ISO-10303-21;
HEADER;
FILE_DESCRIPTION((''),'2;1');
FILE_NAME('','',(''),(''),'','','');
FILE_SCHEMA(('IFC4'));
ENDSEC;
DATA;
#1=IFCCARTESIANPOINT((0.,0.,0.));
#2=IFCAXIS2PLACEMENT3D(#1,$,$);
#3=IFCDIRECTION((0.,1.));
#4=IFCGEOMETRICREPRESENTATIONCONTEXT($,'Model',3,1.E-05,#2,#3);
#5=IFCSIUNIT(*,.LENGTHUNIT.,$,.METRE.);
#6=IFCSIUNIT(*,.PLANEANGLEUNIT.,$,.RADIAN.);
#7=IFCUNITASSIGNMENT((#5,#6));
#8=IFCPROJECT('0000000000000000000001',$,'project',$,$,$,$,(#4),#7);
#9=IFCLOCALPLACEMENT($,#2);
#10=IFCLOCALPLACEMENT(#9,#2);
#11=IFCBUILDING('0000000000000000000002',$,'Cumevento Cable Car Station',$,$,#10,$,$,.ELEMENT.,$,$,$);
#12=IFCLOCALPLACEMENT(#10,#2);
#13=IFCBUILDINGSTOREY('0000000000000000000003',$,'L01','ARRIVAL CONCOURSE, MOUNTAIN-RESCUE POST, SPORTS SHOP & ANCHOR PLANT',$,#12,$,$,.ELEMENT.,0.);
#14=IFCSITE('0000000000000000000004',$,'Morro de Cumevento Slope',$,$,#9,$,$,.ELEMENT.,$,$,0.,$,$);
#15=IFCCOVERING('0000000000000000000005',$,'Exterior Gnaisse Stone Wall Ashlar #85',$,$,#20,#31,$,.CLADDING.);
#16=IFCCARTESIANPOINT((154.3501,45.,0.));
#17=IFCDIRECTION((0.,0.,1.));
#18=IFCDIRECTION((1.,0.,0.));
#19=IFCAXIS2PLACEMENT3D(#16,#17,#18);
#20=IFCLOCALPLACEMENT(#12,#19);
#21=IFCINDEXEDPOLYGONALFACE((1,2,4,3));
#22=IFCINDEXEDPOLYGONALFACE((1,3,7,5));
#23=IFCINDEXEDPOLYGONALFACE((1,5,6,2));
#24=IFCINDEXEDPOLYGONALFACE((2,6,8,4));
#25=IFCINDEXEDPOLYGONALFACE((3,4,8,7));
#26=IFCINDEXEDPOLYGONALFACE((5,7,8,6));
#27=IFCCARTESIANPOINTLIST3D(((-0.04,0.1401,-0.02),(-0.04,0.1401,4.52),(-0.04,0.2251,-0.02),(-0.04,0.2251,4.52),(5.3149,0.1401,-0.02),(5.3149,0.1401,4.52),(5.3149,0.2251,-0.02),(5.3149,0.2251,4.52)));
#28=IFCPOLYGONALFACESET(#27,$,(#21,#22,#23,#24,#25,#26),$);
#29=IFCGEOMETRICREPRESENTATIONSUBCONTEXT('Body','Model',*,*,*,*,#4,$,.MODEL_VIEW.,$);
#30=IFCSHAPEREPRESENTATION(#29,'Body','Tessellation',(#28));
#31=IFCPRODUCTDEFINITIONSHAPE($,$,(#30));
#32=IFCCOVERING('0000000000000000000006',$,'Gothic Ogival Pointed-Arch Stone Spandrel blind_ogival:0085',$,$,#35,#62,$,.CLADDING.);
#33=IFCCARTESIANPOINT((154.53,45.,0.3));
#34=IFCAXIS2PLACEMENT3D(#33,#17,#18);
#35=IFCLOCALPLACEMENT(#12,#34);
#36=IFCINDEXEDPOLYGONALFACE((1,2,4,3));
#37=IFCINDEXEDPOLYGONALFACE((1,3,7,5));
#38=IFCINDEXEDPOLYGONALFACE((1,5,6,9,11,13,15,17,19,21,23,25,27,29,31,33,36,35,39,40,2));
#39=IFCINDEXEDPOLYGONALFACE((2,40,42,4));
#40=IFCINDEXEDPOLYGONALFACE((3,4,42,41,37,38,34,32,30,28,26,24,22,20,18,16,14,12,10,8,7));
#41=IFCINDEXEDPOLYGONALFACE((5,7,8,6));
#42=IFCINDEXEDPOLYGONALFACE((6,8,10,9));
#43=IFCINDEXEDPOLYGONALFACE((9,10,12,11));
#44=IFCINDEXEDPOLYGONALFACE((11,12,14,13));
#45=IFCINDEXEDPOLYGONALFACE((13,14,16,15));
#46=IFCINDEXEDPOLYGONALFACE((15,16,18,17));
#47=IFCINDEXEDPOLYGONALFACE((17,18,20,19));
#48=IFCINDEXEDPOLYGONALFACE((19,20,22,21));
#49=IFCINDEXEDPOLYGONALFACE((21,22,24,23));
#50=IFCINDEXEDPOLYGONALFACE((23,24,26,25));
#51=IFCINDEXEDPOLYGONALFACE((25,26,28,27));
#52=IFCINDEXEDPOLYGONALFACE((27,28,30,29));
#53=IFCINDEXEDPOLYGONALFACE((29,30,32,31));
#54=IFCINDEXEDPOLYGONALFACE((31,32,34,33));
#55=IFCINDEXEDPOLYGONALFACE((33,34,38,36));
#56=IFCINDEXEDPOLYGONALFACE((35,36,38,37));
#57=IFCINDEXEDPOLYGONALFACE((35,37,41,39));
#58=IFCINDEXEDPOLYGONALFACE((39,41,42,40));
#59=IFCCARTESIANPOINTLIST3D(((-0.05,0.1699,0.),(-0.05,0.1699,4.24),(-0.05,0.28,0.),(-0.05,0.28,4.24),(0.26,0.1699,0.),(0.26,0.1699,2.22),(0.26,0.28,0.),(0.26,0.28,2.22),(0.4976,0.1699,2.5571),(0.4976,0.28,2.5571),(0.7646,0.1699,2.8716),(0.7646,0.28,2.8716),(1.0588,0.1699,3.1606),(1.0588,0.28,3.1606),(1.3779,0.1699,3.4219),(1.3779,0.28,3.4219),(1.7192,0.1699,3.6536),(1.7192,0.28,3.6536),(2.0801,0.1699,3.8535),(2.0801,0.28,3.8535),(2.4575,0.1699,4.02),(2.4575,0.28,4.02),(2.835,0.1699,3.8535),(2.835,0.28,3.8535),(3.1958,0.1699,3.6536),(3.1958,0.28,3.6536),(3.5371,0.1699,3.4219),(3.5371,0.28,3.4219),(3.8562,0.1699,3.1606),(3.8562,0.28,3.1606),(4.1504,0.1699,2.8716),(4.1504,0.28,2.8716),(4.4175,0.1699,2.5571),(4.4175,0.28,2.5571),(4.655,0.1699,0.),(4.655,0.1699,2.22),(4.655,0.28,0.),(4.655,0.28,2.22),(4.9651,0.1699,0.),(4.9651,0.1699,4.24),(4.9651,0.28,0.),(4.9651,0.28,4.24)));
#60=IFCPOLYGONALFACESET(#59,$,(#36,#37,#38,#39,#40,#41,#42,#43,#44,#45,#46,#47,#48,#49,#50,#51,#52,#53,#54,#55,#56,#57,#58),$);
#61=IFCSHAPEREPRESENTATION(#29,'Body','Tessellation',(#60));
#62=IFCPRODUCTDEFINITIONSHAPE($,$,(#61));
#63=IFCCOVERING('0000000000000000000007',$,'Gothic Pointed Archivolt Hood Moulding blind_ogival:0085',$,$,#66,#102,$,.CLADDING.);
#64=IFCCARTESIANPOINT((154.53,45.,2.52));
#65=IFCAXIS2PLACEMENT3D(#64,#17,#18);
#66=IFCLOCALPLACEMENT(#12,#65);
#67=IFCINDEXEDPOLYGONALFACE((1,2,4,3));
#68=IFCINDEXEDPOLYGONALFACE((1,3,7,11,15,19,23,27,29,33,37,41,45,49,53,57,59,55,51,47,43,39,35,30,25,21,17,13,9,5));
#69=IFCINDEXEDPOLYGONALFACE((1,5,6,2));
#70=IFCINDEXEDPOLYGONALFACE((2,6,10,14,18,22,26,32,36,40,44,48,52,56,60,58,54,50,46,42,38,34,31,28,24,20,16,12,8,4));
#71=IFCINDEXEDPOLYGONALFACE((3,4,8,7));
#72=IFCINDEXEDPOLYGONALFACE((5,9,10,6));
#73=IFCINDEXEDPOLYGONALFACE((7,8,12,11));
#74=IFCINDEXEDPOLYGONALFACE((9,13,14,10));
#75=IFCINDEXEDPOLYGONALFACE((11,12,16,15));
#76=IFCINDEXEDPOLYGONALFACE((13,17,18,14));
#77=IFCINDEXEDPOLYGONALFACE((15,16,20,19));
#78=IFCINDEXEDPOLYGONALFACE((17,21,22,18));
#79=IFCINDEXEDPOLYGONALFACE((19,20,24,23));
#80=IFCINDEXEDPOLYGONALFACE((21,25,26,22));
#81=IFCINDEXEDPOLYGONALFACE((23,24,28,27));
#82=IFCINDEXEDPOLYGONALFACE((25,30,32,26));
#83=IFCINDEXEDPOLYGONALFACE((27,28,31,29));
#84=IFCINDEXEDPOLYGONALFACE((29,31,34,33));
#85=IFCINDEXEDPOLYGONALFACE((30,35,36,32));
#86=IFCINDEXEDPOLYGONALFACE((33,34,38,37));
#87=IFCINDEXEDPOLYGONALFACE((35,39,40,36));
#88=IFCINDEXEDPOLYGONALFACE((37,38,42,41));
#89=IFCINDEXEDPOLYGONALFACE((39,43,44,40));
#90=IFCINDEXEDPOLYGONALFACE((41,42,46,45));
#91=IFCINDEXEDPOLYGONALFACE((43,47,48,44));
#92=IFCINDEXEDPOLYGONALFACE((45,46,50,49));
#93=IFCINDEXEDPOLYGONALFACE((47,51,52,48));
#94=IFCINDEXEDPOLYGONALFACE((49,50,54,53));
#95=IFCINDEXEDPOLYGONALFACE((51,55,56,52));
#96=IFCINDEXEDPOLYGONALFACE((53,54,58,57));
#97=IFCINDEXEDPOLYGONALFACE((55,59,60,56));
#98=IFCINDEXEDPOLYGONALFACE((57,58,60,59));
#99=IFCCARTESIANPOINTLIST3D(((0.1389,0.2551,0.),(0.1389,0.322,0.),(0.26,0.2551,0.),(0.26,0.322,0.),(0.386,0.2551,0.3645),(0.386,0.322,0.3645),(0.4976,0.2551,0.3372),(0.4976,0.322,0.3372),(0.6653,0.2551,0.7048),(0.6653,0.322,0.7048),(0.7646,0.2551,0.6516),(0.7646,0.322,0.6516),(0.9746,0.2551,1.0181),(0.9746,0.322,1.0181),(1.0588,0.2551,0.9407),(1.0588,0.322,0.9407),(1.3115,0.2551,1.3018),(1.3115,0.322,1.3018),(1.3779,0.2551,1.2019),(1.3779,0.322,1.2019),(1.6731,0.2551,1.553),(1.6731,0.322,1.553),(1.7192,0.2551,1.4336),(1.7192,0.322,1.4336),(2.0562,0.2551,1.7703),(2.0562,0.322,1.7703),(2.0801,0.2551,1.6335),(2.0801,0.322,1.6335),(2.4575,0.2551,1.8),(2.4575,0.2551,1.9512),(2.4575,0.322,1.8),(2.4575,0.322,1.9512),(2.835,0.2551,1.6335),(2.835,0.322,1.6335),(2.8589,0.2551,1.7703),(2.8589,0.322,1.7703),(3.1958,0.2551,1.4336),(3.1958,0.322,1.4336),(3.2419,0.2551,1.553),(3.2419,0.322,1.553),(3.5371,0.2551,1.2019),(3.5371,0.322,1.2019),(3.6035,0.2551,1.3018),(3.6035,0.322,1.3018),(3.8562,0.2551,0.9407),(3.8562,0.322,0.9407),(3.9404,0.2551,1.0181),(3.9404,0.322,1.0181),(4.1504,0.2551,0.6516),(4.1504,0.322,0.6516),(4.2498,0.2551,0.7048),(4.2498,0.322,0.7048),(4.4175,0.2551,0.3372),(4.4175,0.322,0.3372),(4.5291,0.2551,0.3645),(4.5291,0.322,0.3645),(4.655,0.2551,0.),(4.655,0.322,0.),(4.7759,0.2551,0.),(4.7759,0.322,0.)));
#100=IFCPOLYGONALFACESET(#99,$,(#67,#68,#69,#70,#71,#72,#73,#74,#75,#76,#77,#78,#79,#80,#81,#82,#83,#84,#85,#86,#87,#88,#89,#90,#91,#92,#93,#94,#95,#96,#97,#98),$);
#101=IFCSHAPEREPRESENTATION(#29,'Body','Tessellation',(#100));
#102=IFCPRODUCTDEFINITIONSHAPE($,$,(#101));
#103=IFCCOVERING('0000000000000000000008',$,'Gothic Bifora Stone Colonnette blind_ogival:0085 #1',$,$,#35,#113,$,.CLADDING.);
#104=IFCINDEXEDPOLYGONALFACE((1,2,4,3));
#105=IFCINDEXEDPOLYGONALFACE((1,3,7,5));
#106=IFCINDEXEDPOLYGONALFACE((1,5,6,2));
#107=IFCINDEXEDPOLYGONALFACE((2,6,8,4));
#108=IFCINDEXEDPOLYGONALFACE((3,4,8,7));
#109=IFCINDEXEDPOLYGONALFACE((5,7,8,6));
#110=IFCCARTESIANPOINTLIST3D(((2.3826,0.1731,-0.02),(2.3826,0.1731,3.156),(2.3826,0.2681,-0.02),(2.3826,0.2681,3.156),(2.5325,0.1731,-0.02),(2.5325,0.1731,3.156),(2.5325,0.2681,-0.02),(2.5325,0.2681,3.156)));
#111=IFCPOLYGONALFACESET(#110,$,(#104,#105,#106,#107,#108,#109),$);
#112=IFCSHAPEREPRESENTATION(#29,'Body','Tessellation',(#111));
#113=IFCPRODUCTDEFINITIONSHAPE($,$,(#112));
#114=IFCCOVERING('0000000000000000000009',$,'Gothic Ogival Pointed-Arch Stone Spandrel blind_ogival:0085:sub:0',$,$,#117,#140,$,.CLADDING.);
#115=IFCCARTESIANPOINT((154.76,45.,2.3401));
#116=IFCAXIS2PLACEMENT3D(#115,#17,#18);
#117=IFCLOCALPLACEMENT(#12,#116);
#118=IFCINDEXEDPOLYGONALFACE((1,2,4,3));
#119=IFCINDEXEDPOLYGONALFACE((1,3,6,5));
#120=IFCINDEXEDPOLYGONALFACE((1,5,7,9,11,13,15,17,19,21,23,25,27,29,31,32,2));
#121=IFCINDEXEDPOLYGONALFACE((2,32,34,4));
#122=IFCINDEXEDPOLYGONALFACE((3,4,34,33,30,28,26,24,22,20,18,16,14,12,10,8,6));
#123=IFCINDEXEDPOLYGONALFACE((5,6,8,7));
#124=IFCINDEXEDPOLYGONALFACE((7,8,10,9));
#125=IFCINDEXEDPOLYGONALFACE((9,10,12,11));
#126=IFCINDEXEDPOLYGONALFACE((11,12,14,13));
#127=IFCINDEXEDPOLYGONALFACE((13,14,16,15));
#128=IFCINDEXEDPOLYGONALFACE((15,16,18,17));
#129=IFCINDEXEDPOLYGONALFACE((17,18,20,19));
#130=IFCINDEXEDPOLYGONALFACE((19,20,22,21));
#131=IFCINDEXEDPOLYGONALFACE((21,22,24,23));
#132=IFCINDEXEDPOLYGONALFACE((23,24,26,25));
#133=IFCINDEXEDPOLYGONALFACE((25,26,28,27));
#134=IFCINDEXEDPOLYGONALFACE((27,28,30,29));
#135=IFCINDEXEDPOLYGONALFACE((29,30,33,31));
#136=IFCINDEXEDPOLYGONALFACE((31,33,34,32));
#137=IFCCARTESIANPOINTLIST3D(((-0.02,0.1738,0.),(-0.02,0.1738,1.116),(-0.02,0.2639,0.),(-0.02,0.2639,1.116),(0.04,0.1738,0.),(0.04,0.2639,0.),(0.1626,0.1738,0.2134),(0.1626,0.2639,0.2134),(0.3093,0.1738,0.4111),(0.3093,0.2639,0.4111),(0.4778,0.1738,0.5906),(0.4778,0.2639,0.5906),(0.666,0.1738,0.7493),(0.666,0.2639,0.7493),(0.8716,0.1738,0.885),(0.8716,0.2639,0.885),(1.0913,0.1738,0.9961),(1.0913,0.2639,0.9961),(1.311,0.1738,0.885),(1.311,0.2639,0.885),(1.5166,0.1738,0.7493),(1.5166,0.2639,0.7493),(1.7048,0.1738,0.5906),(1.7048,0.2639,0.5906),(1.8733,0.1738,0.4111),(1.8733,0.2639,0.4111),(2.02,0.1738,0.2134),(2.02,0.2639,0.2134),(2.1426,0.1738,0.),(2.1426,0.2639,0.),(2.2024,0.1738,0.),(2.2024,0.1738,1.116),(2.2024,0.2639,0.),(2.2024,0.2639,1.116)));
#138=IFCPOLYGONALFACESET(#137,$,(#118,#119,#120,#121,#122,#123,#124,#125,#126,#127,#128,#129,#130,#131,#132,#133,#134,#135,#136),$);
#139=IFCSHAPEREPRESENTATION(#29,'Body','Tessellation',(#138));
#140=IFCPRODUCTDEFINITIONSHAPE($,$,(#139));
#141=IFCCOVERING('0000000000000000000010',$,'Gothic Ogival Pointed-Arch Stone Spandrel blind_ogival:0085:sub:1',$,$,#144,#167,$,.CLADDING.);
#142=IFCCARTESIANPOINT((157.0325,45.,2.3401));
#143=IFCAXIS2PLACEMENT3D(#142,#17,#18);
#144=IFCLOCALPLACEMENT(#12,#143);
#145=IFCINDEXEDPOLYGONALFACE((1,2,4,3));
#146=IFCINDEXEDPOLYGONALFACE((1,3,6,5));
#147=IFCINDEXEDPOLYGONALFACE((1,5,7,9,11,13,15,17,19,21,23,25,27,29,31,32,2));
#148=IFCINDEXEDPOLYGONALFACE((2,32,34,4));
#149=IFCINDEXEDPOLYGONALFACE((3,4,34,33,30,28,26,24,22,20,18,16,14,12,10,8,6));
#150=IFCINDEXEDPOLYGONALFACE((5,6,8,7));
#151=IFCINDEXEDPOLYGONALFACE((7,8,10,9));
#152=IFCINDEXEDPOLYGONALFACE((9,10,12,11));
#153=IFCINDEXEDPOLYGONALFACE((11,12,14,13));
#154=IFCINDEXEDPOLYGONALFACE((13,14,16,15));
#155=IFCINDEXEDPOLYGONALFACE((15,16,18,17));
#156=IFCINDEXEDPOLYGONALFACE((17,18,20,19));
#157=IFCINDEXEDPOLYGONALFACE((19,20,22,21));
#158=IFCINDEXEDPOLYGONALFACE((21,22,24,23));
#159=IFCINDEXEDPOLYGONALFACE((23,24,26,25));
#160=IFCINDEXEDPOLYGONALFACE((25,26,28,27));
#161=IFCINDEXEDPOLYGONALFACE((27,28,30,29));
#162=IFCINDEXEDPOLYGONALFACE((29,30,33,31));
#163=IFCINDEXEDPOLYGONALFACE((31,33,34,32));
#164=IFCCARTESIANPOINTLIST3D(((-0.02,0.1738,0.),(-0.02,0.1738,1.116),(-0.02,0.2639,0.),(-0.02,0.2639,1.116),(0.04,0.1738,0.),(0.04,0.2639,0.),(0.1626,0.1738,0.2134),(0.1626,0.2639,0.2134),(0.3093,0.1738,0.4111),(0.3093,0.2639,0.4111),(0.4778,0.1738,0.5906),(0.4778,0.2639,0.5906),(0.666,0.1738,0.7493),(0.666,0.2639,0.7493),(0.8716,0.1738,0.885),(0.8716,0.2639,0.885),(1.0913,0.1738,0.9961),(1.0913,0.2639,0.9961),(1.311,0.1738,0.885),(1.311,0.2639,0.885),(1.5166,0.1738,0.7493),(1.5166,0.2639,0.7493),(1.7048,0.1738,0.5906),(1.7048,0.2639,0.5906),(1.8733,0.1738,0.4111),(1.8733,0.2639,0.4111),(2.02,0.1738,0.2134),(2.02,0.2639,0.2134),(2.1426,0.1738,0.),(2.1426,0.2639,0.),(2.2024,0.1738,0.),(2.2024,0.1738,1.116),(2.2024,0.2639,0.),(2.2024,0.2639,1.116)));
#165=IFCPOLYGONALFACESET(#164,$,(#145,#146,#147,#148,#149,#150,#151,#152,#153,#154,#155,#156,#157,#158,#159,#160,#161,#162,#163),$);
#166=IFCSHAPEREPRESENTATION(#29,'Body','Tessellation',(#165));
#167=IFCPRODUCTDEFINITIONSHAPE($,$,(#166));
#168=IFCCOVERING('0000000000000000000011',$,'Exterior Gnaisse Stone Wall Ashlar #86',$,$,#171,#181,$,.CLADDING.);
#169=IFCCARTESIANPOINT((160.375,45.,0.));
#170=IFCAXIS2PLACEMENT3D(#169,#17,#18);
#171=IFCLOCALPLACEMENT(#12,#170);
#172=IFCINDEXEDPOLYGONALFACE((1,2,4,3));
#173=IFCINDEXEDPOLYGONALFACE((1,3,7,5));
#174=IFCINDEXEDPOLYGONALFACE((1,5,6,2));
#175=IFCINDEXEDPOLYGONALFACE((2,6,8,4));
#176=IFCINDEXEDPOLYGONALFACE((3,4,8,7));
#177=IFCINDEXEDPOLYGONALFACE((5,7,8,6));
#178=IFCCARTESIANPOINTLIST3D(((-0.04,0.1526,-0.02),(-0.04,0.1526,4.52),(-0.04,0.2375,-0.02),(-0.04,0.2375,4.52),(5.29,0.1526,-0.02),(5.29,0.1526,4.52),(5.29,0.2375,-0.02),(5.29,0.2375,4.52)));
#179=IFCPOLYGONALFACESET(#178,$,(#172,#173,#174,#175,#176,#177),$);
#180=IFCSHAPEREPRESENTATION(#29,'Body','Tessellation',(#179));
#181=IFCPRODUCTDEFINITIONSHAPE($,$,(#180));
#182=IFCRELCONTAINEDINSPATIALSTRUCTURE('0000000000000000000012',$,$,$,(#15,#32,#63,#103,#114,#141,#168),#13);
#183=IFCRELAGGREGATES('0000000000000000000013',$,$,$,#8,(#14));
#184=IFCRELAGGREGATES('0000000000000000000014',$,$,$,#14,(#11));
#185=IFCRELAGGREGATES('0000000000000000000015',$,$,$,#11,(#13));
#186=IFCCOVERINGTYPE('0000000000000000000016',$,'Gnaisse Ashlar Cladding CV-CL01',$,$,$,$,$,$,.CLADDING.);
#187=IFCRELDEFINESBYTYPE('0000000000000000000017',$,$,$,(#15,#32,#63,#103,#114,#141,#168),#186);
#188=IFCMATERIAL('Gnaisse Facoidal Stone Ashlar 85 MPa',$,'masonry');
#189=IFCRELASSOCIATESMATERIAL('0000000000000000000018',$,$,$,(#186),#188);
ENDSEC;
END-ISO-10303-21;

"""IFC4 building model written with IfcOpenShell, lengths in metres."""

from ifc_helpers import new_model, si_unit, direction, frame, origin, place, context, subcontext, project, spatial, polyline, outline, extrude, material, type_object, element, save


model = new_model("IFC4")

# Units and contexts
model_context = context("Model", 3, precision=1e-05, world=origin(), true_north=direction((0.0, 1.0)))
body_context = subcontext(model_context, "Body", "Model", "MODEL_VIEW")
ifc_project = project(units=[si_unit("LENGTHUNIT", "METRE"), si_unit("PLANEANGLEUNIT", "RADIAN")], contexts=[model_context])

# Site, building, storey
site_placement = place(None, origin())
site = spatial("IfcSite", under=ifc_project, at=site_placement, Name="Morro de Cumevento Slope", CompositionType="ELEMENT", RefElevation=0.0)
building_placement = place(site_placement, origin())
building = spatial("IfcBuilding", under=site, at=building_placement, Name="Cumevento Cable Car Station", CompositionType="ELEMENT")
storey_placement = place(building_placement, origin())
storey = spatial("IfcBuildingStorey", under=building, at=storey_placement, Name="L01", Description="ARRIVAL CONCOURSE, MOUNTAIN-RESCUE POST, SPORTS SHOP & ANCHOR PLANT", CompositionType="ELEMENT", Elevation=0.0)

# Coverings
ifc_material_1 = material(Name="Gnaisse Facoidal Stone Ashlar 85 MPa", Category="masonry")
covering_type = type_object("IfcCoveringType", Name="Gnaisse Ashlar Cladding CV-CL01", PredefinedType="CLADDING", material=ifc_material_1)
covering_1_placement = place(storey_placement, frame((154.3501, 45.0, 0.0), z_axis=(0.0, 0.0, 1.0), x_axis=(1.0, 0.0, 0.0)))
element("IfcCovering", 1, at=covering_1_placement, inside=storey, type_object=covering_type, Name="Exterior Gnaisse Stone Wall Ashlar #85", PredefinedType="CLADDING", context=body_context, shape_type="SweptSolid", body=[
    extrude(outline(polyline([(-0.04, -0.02), (5.3149, -0.02), (5.3149, 4.52), (-0.04, 4.52), (-0.04, -0.02)])), frame((0.0, 0.2251, 0.0), z_axis=(0.0, -1.0, 0.0), x_axis=(1.0, 0.0, 0.0)), (0.0, 0.0, 1.0), 0.085),
])
placement_1 = place(storey_placement, frame((154.53, 45.0, 0.3), z_axis=(0.0, 0.0, 1.0), x_axis=(1.0, 0.0, 0.0)))
element("IfcCovering", 2, at=placement_1, inside=storey, type_object=covering_type, Name="Gothic Ogival Pointed-Arch Stone Spandrel blind_ogival:0085", PredefinedType="CLADDING", context=body_context, shape_type="SweptSolid", body=[
    extrude(outline(polyline([(-0.05, 0.0), (-0.05, 4.24), (4.9651, 4.24), (4.9651, 0.0), (4.655, 0.0), (4.655, 2.22), (4.4175, 2.5571), (4.1504, 2.8716), (3.8562, 3.1606), (3.5371, 3.4219), (3.1958, 3.6536), (2.835, 3.8535), (2.4575, 4.02), (2.0801, 3.8535), (1.7192, 3.6536), (1.3779, 3.4219), (1.0588, 3.1606), (0.7646, 2.8716), (0.4976, 2.5571), (0.26, 2.22), (0.26, 0.0), (-0.05, 0.0)])), frame((0.0, 0.28, 0.0), z_axis=(0.0, -1.0, 0.0), x_axis=(1.0, 0.0, 0.0)), (0.0, 0.0, 1.0), 0.1101),
])
covering_2_placement = place(storey_placement, frame((154.53, 45.0, 2.52), z_axis=(0.0, 0.0, 1.0), x_axis=(1.0, 0.0, 0.0)))
element("IfcCovering", 3, at=covering_2_placement, inside=storey, type_object=covering_type, Name="Gothic Pointed Archivolt Hood Moulding blind_ogival:0085", PredefinedType="CLADDING", context=body_context, shape_type="SweptSolid", body=[
    extrude(outline(polyline([(0.26, 0.0), (0.4976, 0.3372), (0.7646, 0.6516), (1.0588, 0.9407), (1.3779, 1.2019), (1.7192, 1.4336), (2.0801, 1.6335), (2.4575, 1.8), (2.835, 1.6335), (3.1958, 1.4336), (3.5371, 1.2019), (3.8562, 0.9407), (4.1504, 0.6516), (4.4175, 0.3372), (4.655, 0.0), (4.7759, 0.0), (4.5291, 0.3645), (4.2498, 0.7048), (3.9404, 1.0181), (3.6035, 1.3018), (3.2419, 1.553), (2.8589, 1.7703), (2.4575, 1.9512), (2.0562, 1.7703), (1.6731, 1.553), (1.3115, 1.3018), (0.9746, 1.0181), (0.6653, 0.7048), (0.386, 0.3645), (0.1389, 0.0), (0.26, 0.0)])), frame((0.0, 0.322, 0.0), z_axis=(0.0, -1.0, 0.0), x_axis=(1.0, 0.0, 0.0)), (0.0, 0.0, 1.0), 0.0669),
])
element("IfcCovering", 4, at=placement_1, inside=storey, type_object=covering_type, Name="Gothic Bifora Stone Colonnette blind_ogival:0085 #1", PredefinedType="CLADDING", context=body_context, shape_type="SweptSolid", body=[
    extrude(outline(polyline([(2.3826, -0.02), (2.5325, -0.02), (2.5325, 3.156), (2.3826, 3.156), (2.3826, -0.02)])), frame((0.0, 0.2681, 0.0), z_axis=(0.0, -1.0, 0.0), x_axis=(1.0, 0.0, 0.0)), (0.0, 0.0, 1.0), 0.095),
])
for number, where, z_axis, x_axis, name in (
    (5, (154.76, 45.0, 2.3401), (0.0, 0.0, 1.0), (1.0, 0.0, 0.0), "Gothic Ogival Pointed-Arch Stone Spandrel blind_ogival:0085:sub:0"),
    (6, (157.0325, 45.0, 2.3401), (0.0, 0.0, 1.0), (1.0, 0.0, 0.0), "Gothic Ogival Pointed-Arch Stone Spandrel blind_ogival:0085:sub:1"),
):
    element("IfcCovering", number, at=place(storey_placement, frame(where, z_axis=z_axis, x_axis=x_axis)), inside=storey, type_object=covering_type, Name=name, PredefinedType="CLADDING", context=body_context, shape_type="SweptSolid", body=[
        extrude(outline(polyline([(-0.02, 0.0), (-0.02, 1.116), (2.2024, 1.116), (2.2024, 0.0), (2.1426, 0.0), (2.02, 0.2134), (1.8733, 0.4111), (1.7048, 0.5906), (1.5166, 0.7493), (1.311, 0.885), (1.0913, 0.9961), (0.8716, 0.885), (0.666, 0.7493), (0.4778, 0.5906), (0.3093, 0.4111), (0.1626, 0.2134), (0.04, 0.0), (-0.02, 0.0)])), frame((0.0, 0.2639, 0.0), z_axis=(0.0, -1.0, 0.0), x_axis=(1.0, 0.0, 0.0)), (0.0, 0.0, 1.0), 0.0901),
    ])
covering_3_placement = place(storey_placement, frame((160.375, 45.0, 0.0), z_axis=(0.0, 0.0, 1.0), x_axis=(1.0, 0.0, 0.0)))
element("IfcCovering", 7, at=covering_3_placement, inside=storey, type_object=covering_type, Name="Exterior Gnaisse Stone Wall Ashlar #86", PredefinedType="CLADDING", context=body_context, shape_type="SweptSolid", body=[
    extrude(outline(polyline([(-0.04, -0.02), (5.29, -0.02), (5.29, 4.52), (-0.04, 4.52), (-0.04, -0.02)])), frame((0.0, 0.2375, 0.0), z_axis=(0.0, -1.0, 0.0), x_axis=(1.0, 0.0, 0.0)), (0.0, 0.0, 1.0), 0.085),
])

save(model, "model.ifc")
